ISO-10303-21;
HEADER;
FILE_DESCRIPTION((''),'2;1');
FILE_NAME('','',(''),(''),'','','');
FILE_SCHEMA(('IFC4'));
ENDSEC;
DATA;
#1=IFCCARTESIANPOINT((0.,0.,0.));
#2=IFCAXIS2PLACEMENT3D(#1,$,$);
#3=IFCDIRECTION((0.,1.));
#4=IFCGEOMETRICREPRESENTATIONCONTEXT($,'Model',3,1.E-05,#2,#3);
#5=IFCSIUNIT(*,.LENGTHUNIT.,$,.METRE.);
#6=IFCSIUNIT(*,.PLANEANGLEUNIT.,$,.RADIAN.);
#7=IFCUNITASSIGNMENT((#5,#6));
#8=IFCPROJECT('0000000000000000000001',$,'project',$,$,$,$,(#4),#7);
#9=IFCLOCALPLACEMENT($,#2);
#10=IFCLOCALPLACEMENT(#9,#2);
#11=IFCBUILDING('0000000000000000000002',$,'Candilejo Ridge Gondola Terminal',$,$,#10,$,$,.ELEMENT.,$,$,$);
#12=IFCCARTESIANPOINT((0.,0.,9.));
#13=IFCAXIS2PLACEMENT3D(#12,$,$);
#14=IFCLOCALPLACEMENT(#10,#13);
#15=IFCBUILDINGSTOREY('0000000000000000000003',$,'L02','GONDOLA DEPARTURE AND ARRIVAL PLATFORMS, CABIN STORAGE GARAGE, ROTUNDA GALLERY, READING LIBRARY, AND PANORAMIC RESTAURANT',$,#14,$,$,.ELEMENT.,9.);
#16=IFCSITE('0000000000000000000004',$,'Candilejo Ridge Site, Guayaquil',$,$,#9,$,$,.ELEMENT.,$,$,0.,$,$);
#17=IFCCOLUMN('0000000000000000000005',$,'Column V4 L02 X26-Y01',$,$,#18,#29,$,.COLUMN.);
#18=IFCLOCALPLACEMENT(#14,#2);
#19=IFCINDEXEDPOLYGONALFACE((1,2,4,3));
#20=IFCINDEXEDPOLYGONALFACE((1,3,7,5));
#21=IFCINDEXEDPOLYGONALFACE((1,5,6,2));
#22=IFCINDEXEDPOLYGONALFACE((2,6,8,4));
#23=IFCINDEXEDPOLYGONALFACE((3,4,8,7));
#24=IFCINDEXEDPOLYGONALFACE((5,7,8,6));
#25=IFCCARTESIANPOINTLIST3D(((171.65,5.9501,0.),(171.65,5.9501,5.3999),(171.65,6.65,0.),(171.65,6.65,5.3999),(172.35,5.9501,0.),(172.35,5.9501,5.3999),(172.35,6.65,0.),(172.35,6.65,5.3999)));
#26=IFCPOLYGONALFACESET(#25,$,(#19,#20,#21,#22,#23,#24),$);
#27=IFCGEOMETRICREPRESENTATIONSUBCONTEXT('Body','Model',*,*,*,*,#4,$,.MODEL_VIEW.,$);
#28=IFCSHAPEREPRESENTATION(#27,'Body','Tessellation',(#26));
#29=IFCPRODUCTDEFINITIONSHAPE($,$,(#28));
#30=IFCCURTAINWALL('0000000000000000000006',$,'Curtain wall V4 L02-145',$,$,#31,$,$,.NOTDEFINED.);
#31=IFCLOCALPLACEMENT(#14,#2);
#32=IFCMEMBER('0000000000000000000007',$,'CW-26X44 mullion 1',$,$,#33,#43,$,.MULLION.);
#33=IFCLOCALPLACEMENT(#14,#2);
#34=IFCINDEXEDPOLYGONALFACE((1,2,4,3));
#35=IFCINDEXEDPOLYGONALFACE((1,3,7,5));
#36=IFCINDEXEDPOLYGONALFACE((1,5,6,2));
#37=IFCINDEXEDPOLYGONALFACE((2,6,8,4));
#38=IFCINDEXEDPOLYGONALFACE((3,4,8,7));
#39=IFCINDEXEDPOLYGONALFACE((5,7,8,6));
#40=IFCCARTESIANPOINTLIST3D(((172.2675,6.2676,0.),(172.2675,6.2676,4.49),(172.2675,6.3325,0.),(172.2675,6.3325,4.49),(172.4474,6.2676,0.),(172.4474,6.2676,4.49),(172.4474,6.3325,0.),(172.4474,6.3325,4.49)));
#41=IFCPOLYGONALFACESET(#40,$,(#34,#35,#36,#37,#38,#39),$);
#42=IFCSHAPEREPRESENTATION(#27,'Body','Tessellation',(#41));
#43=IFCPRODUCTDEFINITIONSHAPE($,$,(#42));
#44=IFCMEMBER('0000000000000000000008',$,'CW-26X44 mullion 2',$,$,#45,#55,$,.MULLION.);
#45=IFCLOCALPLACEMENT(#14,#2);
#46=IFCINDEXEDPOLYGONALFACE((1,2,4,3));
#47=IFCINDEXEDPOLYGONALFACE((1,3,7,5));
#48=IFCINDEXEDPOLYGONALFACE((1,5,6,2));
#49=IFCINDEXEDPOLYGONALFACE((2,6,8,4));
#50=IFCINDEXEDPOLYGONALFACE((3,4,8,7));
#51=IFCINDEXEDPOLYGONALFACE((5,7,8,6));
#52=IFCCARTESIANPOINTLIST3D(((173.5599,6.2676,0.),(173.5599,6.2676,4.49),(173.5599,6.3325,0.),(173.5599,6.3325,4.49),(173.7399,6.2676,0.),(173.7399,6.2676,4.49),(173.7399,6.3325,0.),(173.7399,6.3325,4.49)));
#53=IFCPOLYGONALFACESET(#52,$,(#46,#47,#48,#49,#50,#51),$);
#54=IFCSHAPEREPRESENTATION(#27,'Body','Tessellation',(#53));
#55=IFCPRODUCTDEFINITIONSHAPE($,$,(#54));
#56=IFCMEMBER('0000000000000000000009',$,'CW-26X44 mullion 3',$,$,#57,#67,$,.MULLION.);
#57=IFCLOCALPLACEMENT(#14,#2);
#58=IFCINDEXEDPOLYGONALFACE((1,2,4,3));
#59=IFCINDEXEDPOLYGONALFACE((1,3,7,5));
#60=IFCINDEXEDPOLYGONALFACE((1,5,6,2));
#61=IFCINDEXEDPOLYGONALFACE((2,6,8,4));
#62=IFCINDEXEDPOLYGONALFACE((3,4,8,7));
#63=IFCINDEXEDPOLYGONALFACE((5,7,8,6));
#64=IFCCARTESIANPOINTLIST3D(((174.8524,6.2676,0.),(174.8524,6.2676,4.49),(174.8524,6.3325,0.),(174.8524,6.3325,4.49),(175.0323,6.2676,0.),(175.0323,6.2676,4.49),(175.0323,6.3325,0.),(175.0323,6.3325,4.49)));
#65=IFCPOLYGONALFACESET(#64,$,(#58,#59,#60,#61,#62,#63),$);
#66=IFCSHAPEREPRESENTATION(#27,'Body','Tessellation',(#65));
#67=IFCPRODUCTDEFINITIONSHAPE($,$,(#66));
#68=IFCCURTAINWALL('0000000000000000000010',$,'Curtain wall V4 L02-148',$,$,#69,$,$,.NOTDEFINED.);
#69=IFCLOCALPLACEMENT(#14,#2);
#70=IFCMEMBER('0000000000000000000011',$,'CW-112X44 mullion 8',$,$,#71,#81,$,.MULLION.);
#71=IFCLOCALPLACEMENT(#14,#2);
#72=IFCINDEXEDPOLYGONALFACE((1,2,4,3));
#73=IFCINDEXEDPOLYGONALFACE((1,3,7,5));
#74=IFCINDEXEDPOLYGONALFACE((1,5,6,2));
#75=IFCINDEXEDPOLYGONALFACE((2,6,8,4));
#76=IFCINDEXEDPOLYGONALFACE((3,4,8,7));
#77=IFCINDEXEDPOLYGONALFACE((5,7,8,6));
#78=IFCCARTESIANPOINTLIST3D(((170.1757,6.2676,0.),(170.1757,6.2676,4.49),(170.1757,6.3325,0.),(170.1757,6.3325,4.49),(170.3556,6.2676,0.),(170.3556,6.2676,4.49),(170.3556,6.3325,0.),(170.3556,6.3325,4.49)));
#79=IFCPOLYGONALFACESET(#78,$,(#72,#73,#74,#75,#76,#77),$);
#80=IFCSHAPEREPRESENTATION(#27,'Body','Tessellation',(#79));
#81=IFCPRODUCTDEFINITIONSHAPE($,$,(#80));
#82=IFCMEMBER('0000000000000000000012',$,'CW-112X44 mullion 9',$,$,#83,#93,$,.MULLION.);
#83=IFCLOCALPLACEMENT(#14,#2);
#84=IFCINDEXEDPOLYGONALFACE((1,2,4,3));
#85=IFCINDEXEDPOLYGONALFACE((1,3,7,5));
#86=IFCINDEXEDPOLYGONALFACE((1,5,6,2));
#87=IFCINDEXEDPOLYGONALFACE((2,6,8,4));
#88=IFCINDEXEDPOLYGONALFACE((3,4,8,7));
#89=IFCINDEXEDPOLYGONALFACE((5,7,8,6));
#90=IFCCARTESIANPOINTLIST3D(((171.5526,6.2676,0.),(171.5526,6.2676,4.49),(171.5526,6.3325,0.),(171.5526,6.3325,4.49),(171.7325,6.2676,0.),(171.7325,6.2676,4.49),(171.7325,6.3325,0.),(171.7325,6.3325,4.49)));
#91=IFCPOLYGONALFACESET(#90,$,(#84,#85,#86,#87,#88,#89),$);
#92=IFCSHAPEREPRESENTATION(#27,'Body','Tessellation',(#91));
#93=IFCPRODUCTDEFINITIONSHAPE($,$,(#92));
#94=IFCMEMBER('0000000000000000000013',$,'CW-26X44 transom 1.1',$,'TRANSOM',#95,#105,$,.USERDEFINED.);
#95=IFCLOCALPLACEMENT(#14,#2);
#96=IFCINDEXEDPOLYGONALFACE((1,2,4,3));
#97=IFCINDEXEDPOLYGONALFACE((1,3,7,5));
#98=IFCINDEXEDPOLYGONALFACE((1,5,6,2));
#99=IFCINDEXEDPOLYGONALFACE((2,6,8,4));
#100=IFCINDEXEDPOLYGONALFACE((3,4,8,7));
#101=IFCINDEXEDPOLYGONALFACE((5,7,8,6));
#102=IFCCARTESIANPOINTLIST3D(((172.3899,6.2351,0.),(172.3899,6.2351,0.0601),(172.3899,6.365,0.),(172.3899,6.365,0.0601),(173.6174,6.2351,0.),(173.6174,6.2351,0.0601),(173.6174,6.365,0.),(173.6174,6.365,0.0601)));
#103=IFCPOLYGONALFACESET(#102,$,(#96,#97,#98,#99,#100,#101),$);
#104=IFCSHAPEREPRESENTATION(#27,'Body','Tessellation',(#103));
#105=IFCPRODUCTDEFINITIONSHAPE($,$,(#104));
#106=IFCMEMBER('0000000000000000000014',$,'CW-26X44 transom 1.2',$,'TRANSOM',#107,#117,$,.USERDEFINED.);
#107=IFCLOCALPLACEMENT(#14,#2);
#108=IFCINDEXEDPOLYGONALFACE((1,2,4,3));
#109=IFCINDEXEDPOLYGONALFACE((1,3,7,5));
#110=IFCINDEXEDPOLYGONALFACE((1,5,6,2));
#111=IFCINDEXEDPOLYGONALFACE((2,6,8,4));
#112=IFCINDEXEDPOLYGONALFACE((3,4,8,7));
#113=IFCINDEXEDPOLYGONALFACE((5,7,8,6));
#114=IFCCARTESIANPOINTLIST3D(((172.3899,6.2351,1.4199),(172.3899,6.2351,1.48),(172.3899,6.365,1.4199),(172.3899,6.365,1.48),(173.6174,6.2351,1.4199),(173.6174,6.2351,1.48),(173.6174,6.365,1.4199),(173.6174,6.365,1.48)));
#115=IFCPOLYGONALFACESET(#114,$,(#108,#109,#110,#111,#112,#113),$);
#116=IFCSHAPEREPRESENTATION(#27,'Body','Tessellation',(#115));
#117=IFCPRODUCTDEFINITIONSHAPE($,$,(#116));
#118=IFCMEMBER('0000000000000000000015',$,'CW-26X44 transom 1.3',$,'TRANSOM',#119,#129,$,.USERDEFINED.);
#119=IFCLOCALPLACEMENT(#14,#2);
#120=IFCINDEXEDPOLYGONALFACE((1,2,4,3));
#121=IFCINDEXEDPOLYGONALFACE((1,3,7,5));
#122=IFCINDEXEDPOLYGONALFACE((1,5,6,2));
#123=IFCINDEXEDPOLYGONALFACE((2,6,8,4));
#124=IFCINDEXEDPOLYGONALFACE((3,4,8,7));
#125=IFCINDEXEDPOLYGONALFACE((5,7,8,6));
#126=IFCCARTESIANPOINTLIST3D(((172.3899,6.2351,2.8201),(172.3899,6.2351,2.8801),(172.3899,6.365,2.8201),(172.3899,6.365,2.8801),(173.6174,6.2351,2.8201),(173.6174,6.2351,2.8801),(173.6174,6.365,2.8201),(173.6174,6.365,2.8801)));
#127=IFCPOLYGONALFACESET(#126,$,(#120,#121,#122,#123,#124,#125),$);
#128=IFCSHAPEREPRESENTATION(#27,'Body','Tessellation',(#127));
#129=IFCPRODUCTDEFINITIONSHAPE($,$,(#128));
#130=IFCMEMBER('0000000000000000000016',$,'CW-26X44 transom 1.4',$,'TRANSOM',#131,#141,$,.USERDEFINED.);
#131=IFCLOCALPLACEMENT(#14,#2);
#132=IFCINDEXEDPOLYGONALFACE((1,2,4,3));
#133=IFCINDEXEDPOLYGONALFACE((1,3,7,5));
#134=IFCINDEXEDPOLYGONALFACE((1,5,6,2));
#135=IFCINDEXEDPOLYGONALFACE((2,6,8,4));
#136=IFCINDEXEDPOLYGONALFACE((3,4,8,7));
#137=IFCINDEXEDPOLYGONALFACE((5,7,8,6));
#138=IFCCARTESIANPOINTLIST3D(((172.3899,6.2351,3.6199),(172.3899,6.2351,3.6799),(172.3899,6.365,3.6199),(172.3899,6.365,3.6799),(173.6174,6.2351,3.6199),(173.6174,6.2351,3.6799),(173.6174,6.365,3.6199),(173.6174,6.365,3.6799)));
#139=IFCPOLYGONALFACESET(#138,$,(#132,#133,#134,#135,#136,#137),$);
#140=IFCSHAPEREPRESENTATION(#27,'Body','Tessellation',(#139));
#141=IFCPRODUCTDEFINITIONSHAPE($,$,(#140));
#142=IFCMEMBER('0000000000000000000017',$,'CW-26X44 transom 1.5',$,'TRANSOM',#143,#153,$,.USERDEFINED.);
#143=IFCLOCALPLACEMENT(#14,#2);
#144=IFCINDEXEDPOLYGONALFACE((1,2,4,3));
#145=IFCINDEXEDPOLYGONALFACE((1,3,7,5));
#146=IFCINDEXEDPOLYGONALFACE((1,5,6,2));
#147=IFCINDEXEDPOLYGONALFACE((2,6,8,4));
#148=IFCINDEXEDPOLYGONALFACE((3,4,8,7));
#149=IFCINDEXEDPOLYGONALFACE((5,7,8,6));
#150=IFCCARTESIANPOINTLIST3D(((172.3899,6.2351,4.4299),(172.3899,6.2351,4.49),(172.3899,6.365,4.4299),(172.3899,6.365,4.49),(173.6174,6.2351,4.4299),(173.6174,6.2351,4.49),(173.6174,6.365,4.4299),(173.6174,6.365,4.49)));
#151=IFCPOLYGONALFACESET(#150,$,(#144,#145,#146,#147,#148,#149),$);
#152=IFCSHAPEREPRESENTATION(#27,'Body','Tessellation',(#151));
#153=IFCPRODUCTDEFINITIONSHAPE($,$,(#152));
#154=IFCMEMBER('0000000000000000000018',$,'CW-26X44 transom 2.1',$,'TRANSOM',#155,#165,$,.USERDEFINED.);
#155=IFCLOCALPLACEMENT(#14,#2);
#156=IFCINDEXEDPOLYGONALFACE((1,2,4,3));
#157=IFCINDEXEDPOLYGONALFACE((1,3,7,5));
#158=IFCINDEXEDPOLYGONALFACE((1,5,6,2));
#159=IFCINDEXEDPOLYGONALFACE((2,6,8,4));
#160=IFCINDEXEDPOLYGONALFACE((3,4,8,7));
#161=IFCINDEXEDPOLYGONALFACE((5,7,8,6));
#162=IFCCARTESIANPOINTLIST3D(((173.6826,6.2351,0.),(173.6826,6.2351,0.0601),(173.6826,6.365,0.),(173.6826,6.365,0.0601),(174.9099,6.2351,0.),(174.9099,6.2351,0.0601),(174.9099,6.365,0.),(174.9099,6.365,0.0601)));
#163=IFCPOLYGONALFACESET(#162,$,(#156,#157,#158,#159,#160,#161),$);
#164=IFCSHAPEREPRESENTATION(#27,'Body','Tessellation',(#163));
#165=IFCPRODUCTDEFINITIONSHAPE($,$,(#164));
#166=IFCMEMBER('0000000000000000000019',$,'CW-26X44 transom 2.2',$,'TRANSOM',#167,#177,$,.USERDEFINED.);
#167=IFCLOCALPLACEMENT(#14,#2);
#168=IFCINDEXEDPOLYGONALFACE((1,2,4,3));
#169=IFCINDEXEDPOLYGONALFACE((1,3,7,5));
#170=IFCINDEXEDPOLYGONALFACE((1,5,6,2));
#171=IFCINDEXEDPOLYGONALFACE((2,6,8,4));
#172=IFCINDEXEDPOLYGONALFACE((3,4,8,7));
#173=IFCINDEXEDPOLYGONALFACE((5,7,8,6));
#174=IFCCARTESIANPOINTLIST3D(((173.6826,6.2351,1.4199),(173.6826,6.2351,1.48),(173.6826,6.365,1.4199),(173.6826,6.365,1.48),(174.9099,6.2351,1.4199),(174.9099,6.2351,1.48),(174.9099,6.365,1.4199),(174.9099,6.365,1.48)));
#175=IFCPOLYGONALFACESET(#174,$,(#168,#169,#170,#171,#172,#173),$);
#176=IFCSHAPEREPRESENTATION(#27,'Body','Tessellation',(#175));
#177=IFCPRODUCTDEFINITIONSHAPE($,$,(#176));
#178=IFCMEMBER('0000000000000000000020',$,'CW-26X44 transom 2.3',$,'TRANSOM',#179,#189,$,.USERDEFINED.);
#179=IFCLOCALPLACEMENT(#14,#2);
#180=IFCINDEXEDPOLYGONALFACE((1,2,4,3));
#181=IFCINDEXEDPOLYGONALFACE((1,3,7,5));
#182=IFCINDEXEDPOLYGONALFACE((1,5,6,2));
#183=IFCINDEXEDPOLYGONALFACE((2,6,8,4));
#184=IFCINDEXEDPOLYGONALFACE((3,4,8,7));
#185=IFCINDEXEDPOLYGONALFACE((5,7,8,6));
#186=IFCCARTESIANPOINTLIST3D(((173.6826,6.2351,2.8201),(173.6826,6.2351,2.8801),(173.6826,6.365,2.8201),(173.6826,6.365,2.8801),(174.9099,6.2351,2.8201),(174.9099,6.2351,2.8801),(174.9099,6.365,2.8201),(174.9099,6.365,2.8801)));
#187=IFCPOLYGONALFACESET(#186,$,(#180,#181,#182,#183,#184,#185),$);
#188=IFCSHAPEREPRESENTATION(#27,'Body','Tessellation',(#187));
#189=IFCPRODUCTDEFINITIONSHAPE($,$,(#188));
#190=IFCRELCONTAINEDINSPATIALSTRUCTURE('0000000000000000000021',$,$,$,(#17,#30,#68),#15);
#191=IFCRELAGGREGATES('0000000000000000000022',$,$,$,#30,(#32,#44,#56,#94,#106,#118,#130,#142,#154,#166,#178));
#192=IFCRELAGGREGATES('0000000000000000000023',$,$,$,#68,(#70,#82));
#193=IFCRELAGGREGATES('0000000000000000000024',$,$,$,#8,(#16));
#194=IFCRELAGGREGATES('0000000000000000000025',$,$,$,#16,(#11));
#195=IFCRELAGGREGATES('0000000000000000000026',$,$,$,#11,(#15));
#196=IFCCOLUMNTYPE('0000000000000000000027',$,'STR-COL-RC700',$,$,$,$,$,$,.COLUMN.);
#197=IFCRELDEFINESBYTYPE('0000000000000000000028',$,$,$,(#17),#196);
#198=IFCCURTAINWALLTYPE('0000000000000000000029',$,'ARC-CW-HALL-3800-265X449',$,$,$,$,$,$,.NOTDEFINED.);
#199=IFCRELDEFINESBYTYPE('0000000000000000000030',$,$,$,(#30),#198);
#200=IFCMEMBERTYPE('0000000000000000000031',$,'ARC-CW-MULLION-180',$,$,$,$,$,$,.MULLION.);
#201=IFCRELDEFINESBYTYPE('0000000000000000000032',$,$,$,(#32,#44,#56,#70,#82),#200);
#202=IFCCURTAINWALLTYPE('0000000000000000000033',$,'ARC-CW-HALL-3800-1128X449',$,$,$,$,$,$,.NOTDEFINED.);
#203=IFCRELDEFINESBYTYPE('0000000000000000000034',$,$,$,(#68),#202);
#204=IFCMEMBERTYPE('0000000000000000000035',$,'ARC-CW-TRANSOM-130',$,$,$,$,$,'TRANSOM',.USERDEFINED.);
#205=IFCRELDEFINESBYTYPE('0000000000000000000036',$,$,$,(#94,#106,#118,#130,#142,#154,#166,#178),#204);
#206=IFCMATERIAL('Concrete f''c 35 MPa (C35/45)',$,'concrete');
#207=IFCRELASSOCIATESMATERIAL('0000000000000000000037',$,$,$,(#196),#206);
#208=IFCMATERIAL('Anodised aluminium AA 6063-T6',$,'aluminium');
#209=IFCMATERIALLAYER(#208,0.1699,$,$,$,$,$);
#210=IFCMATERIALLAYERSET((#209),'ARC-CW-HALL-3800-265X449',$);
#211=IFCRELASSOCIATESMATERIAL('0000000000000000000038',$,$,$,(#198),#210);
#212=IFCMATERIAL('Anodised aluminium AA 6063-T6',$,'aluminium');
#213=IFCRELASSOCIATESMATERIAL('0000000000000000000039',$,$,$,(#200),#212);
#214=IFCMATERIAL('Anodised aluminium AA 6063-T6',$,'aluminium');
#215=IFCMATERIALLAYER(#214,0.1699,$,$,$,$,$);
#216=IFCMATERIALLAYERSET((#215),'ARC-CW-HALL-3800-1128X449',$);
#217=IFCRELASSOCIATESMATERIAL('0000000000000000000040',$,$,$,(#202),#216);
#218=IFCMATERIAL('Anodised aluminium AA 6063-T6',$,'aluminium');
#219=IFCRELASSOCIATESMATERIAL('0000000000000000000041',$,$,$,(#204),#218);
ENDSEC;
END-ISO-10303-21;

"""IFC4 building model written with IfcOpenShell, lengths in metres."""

from ifc_helpers import new_model, si_unit, direction, frame, origin, origin_2d, place, context, subcontext, project, spatial, rectangle, extrude, material, layer, layer_set, material_profile, profile_set, type_object, element, aggregate, save


model = new_model("IFC4")

# Units and contexts
model_context = context("Model", 3, precision=1e-05, world=origin(), true_north=direction((0.0, 1.0)))
body_context = subcontext(model_context, "Body", "Model", "MODEL_VIEW")
ifc_project = project(units=[si_unit("LENGTHUNIT", "METRE"), si_unit("PLANEANGLEUNIT", "RADIAN")], contexts=[model_context])

# Site, building, storey
site_placement = place(None, origin())
site = spatial("IfcSite", under=ifc_project, at=site_placement, Name="Candilejo Ridge Site, Guayaquil", CompositionType="ELEMENT", RefElevation=0.0)
building_placement = place(site_placement, origin())
building = spatial("IfcBuilding", under=site, at=building_placement, Name="Candilejo Ridge Gondola Terminal", CompositionType="ELEMENT")
storey_placement = place(building_placement, frame((0.0, 0.0, 9.0)))
storey = spatial("IfcBuildingStorey", under=building, at=storey_placement, Name="L02", Description="GONDOLA DEPARTURE AND ARRIVAL PLATFORMS, CABIN STORAGE GARAGE, ROTUNDA GALLERY, READING LIBRARY, AND PANORAMIC RESTAURANT", CompositionType="ELEMENT", Elevation=9.0)

# Column
ifc_material_1 = material(Name="Concrete f'c 35 MPa (C35/45)", Category="concrete")
ifc_material_profile_1 = material_profile(ifc_material_1, rectangle(XDim=0.7, YDim=0.7, at=origin_2d()))
ifc_profile_set_1 = profile_set([ifc_material_profile_1], Name="Concrete f'c 35 MPa (C35/45)")
column_type = type_object("IfcColumnType", Name="STR-COL-RC700", PredefinedType="COLUMN", material=ifc_profile_set_1)
column_placement = place(storey_placement, frame((172.0, 6.3, 0.0), z_axis=(0.0, 0.0, 1.0), x_axis=(1.0, 0.0, 0.0)))
element("IfcColumn", 1, at=column_placement, inside=storey, type_object=column_type, Name="Column V4 L02 X26-Y01", PredefinedType="COLUMN", context=body_context, shape_type="SweptSolid", body=[
    extrude(rectangle(XDim=0.7, YDim=0.7, at=origin_2d()), origin(), (0.0, 0.0, 1.0), 5.3999),
])

# Curtain walls, members
ifc_material_2 = material(Name="Anodised aluminium AA 6063-T6", Category="aluminium")
ifc_layer_1 = layer(ifc_material_2, 0.1699)
ifc_layer_set_1 = layer_set([ifc_layer_1], Name="ARC-CW-HALL-3800-265X449")
curtain_wall_type_1 = type_object("IfcCurtainWallType", Name="ARC-CW-HALL-3800-265X449", PredefinedType="NOTDEFINED", material=ifc_layer_set_1)
curtain_wall_1_placement = place(storey_placement, origin())
curtain_wall_1 = element("IfcCurtainWall", 2, at=curtain_wall_1_placement, inside=storey, type_object=curtain_wall_type_1, Name="Curtain wall V4 L02-145", PredefinedType="NOTDEFINED")
ifc_material_3 = material(Name="Anodised aluminium AA 6063-T6", Category="aluminium")
ifc_material_profile_2 = material_profile(ifc_material_3, rectangle(XDim=0.0649, YDim=0.1799, at=origin_2d()))
ifc_profile_set_2 = profile_set([ifc_material_profile_2], Name="Anodised aluminium AA 6063-T6")
member_type_1 = type_object("IfcMemberType", Name="ARC-CW-MULLION-180", PredefinedType="MULLION", material=ifc_profile_set_2)
member_1_placement = place(storey_placement, frame((172.3574, 6.3, 0.0), z_axis=(0.0, 0.0, 1.0), x_axis=(0.0, 1.0, 0.0)))
member_1 = element("IfcMember", 3, at=member_1_placement, type_object=member_type_1, Name="CW-26X44 mullion 1", PredefinedType="MULLION", context=body_context, shape_type="SweptSolid", body=[
    extrude(rectangle(XDim=0.0649, YDim=0.1799, at=origin_2d()), origin(), (0.0, 0.0, 1.0), 4.49),
])
member_2_placement = place(storey_placement, frame((173.6499, 6.3, 0.0), z_axis=(0.0, 0.0, 1.0), x_axis=(0.0, 1.0, 0.0)))
member_2 = element("IfcMember", 4, at=member_2_placement, type_object=member_type_1, Name="CW-26X44 mullion 2", PredefinedType="MULLION", context=body_context, shape_type="SweptSolid", body=[
    extrude(rectangle(XDim=0.0649, YDim=0.1799, at=origin_2d()), origin(), (0.0, 0.0, 1.0), 4.49),
])
member_3_placement = place(storey_placement, frame((174.9424, 6.3, 0.0), z_axis=(0.0, 0.0, 1.0), x_axis=(0.0, 1.0, 0.0)))
member_3 = element("IfcMember", 5, at=member_3_placement, type_object=member_type_1, Name="CW-26X44 mullion 3", PredefinedType="MULLION", context=body_context, shape_type="SweptSolid", body=[
    extrude(rectangle(XDim=0.0649, YDim=0.1799, at=origin_2d()), origin(), (0.0, 0.0, 1.0), 4.49),
])
ifc_material_4 = material(Name="Anodised aluminium AA 6063-T6", Category="aluminium")
ifc_layer_2 = layer(ifc_material_4, 0.1699)
ifc_layer_set_2 = layer_set([ifc_layer_2], Name="ARC-CW-HALL-3800-1128X449")
curtain_wall_type_2 = type_object("IfcCurtainWallType", Name="ARC-CW-HALL-3800-1128X449", PredefinedType="NOTDEFINED", material=ifc_layer_set_2)
curtain_wall_2_placement = place(storey_placement, origin())
curtain_wall_2 = element("IfcCurtainWall", 6, at=curtain_wall_2_placement, inside=storey, type_object=curtain_wall_type_2, Name="Curtain wall V4 L02-148", PredefinedType="NOTDEFINED")
member_4_placement = place(storey_placement, frame((170.2656, 6.3, 0.0), z_axis=(0.0, 0.0, 1.0), x_axis=(0.0, 1.0, 0.0)))
member_4 = element("IfcMember", 7, at=member_4_placement, type_object=member_type_1, Name="CW-112X44 mullion 8", PredefinedType="MULLION", context=body_context, shape_type="SweptSolid", body=[
    extrude(rectangle(XDim=0.0649, YDim=0.1799, at=origin_2d()), origin(), (0.0, 0.0, 1.0), 4.49),
])
member_5_placement = place(storey_placement, frame((171.6426, 6.3, 0.0), z_axis=(0.0, 0.0, 1.0), x_axis=(0.0, 1.0, 0.0)))
member_5 = element("IfcMember", 8, at=member_5_placement, type_object=member_type_1, Name="CW-112X44 mullion 9", PredefinedType="MULLION", context=body_context, shape_type="SweptSolid", body=[
    extrude(rectangle(XDim=0.0649, YDim=0.1799, at=origin_2d()), origin(), (0.0, 0.0, 1.0), 4.49),
])

# Members
ifc_material_5 = material(Name="Anodised aluminium AA 6063-T6", Category="aluminium")
ifc_material_profile_3 = material_profile(ifc_material_5, rectangle(XDim=0.1299, YDim=0.0601, at=origin_2d()))
ifc_profile_set_3 = profile_set([ifc_material_profile_3], Name="Anodised aluminium AA 6063-T6")
member_type_2 = type_object("IfcMemberType", Name="ARC-CW-TRANSOM-130", ElementType="TRANSOM", PredefinedType="USERDEFINED", material=ifc_profile_set_3)
member_6_placement = place(storey_placement, frame((172.3899, 6.3, 0.03), z_axis=(1.0, 0.0, 0.0), x_axis=(0.0, 1.0, 0.0)))
member_6 = element("IfcMember", 9, at=member_6_placement, type_object=member_type_2, Name="CW-26X44 transom 1.1", ObjectType="TRANSOM", PredefinedType="USERDEFINED", context=body_context, shape_type="SweptSolid", body=[
    extrude(rectangle(XDim=0.1299, YDim=0.0601, at=origin_2d()), origin(), (0.0, 0.0, 1.0), 1.2275),
])
member_7_placement = place(storey_placement, frame((172.3899, 6.3, 1.45), z_axis=(1.0, 0.0, 0.0), x_axis=(0.0, 1.0, 0.0)))
member_7 = element("IfcMember", 10, at=member_7_placement, type_object=member_type_2, Name="CW-26X44 transom 1.2", ObjectType="TRANSOM", PredefinedType="USERDEFINED", context=body_context, shape_type="SweptSolid", body=[
    extrude(rectangle(XDim=0.1299, YDim=0.0601, at=origin_2d()), origin(), (0.0, 0.0, 1.0), 1.2275),
])
member_8_placement = place(storey_placement, frame((172.3899, 6.3, 2.8501), z_axis=(1.0, 0.0, 0.0), x_axis=(0.0, 1.0, 0.0)))
member_8 = element("IfcMember", 11, at=member_8_placement, type_object=member_type_2, Name="CW-26X44 transom 1.3", ObjectType="TRANSOM", PredefinedType="USERDEFINED", context=body_context, shape_type="SweptSolid", body=[
    extrude(rectangle(XDim=0.1299, YDim=0.0601, at=origin_2d()), origin(), (0.0, 0.0, 1.0), 1.2275),
])
member_9_placement = place(storey_placement, frame((172.3899, 6.3, 3.6499), z_axis=(1.0, 0.0, 0.0), x_axis=(0.0, 1.0, 0.0)))
member_9 = element("IfcMember", 12, at=member_9_placement, type_object=member_type_2, Name="CW-26X44 transom 1.4", ObjectType="TRANSOM", PredefinedType="USERDEFINED", context=body_context, shape_type="SweptSolid", body=[
    extrude(rectangle(XDim=0.1299, YDim=0.0601, at=origin_2d()), origin(), (0.0, 0.0, 1.0), 1.2275),
])
member_10_placement = place(storey_placement, frame((172.3899, 6.3, 4.46), z_axis=(1.0, 0.0, 0.0), x_axis=(0.0, 1.0, 0.0)))
member_10 = element("IfcMember", 13, at=member_10_placement, type_object=member_type_2, Name="CW-26X44 transom 1.5", ObjectType="TRANSOM", PredefinedType="USERDEFINED", context=body_context, shape_type="SweptSolid", body=[
    extrude(rectangle(XDim=0.1299, YDim=0.0601, at=origin_2d()), origin(), (0.0, 0.0, 1.0), 1.2275),
])
member_11_placement = place(storey_placement, frame((173.6826, 6.3, 0.03), z_axis=(1.0, 0.0, 0.0), x_axis=(0.0, 1.0, 0.0)))
member_11 = element("IfcMember", 14, at=member_11_placement, type_object=member_type_2, Name="CW-26X44 transom 2.1", ObjectType="TRANSOM", PredefinedType="USERDEFINED", context=body_context, shape_type="SweptSolid", body=[
    extrude(rectangle(XDim=0.1299, YDim=0.0601, at=origin_2d()), origin(), (0.0, 0.0, 1.0), 1.2273),
])
member_12_placement = place(storey_placement, frame((173.6826, 6.3, 1.45), z_axis=(1.0, 0.0, 0.0), x_axis=(0.0, 1.0, 0.0)))
member_12 = element("IfcMember", 15, at=member_12_placement, type_object=member_type_2, Name="CW-26X44 transom 2.2", ObjectType="TRANSOM", PredefinedType="USERDEFINED", context=body_context, shape_type="SweptSolid", body=[
    extrude(rectangle(XDim=0.1299, YDim=0.0601, at=origin_2d()), origin(), (0.0, 0.0, 1.0), 1.2273),
])
member_13_placement = place(storey_placement, frame((173.6826, 6.3, 2.8501), z_axis=(1.0, 0.0, 0.0), x_axis=(0.0, 1.0, 0.0)))
member_13 = element("IfcMember", 16, at=member_13_placement, type_object=member_type_2, Name="CW-26X44 transom 2.3", ObjectType="TRANSOM", PredefinedType="USERDEFINED", context=body_context, shape_type="SweptSolid", body=[
    extrude(rectangle(XDim=0.1299, YDim=0.0601, at=origin_2d()), origin(), (0.0, 0.0, 1.0), 1.2273),
])

aggregate(curtain_wall_1, [member_1, member_2, member_3, member_6, member_7, member_8, member_9, member_10, member_11, member_12, member_13])
aggregate(curtain_wall_2, [member_4, member_5])

save(model, "model.ifc")
